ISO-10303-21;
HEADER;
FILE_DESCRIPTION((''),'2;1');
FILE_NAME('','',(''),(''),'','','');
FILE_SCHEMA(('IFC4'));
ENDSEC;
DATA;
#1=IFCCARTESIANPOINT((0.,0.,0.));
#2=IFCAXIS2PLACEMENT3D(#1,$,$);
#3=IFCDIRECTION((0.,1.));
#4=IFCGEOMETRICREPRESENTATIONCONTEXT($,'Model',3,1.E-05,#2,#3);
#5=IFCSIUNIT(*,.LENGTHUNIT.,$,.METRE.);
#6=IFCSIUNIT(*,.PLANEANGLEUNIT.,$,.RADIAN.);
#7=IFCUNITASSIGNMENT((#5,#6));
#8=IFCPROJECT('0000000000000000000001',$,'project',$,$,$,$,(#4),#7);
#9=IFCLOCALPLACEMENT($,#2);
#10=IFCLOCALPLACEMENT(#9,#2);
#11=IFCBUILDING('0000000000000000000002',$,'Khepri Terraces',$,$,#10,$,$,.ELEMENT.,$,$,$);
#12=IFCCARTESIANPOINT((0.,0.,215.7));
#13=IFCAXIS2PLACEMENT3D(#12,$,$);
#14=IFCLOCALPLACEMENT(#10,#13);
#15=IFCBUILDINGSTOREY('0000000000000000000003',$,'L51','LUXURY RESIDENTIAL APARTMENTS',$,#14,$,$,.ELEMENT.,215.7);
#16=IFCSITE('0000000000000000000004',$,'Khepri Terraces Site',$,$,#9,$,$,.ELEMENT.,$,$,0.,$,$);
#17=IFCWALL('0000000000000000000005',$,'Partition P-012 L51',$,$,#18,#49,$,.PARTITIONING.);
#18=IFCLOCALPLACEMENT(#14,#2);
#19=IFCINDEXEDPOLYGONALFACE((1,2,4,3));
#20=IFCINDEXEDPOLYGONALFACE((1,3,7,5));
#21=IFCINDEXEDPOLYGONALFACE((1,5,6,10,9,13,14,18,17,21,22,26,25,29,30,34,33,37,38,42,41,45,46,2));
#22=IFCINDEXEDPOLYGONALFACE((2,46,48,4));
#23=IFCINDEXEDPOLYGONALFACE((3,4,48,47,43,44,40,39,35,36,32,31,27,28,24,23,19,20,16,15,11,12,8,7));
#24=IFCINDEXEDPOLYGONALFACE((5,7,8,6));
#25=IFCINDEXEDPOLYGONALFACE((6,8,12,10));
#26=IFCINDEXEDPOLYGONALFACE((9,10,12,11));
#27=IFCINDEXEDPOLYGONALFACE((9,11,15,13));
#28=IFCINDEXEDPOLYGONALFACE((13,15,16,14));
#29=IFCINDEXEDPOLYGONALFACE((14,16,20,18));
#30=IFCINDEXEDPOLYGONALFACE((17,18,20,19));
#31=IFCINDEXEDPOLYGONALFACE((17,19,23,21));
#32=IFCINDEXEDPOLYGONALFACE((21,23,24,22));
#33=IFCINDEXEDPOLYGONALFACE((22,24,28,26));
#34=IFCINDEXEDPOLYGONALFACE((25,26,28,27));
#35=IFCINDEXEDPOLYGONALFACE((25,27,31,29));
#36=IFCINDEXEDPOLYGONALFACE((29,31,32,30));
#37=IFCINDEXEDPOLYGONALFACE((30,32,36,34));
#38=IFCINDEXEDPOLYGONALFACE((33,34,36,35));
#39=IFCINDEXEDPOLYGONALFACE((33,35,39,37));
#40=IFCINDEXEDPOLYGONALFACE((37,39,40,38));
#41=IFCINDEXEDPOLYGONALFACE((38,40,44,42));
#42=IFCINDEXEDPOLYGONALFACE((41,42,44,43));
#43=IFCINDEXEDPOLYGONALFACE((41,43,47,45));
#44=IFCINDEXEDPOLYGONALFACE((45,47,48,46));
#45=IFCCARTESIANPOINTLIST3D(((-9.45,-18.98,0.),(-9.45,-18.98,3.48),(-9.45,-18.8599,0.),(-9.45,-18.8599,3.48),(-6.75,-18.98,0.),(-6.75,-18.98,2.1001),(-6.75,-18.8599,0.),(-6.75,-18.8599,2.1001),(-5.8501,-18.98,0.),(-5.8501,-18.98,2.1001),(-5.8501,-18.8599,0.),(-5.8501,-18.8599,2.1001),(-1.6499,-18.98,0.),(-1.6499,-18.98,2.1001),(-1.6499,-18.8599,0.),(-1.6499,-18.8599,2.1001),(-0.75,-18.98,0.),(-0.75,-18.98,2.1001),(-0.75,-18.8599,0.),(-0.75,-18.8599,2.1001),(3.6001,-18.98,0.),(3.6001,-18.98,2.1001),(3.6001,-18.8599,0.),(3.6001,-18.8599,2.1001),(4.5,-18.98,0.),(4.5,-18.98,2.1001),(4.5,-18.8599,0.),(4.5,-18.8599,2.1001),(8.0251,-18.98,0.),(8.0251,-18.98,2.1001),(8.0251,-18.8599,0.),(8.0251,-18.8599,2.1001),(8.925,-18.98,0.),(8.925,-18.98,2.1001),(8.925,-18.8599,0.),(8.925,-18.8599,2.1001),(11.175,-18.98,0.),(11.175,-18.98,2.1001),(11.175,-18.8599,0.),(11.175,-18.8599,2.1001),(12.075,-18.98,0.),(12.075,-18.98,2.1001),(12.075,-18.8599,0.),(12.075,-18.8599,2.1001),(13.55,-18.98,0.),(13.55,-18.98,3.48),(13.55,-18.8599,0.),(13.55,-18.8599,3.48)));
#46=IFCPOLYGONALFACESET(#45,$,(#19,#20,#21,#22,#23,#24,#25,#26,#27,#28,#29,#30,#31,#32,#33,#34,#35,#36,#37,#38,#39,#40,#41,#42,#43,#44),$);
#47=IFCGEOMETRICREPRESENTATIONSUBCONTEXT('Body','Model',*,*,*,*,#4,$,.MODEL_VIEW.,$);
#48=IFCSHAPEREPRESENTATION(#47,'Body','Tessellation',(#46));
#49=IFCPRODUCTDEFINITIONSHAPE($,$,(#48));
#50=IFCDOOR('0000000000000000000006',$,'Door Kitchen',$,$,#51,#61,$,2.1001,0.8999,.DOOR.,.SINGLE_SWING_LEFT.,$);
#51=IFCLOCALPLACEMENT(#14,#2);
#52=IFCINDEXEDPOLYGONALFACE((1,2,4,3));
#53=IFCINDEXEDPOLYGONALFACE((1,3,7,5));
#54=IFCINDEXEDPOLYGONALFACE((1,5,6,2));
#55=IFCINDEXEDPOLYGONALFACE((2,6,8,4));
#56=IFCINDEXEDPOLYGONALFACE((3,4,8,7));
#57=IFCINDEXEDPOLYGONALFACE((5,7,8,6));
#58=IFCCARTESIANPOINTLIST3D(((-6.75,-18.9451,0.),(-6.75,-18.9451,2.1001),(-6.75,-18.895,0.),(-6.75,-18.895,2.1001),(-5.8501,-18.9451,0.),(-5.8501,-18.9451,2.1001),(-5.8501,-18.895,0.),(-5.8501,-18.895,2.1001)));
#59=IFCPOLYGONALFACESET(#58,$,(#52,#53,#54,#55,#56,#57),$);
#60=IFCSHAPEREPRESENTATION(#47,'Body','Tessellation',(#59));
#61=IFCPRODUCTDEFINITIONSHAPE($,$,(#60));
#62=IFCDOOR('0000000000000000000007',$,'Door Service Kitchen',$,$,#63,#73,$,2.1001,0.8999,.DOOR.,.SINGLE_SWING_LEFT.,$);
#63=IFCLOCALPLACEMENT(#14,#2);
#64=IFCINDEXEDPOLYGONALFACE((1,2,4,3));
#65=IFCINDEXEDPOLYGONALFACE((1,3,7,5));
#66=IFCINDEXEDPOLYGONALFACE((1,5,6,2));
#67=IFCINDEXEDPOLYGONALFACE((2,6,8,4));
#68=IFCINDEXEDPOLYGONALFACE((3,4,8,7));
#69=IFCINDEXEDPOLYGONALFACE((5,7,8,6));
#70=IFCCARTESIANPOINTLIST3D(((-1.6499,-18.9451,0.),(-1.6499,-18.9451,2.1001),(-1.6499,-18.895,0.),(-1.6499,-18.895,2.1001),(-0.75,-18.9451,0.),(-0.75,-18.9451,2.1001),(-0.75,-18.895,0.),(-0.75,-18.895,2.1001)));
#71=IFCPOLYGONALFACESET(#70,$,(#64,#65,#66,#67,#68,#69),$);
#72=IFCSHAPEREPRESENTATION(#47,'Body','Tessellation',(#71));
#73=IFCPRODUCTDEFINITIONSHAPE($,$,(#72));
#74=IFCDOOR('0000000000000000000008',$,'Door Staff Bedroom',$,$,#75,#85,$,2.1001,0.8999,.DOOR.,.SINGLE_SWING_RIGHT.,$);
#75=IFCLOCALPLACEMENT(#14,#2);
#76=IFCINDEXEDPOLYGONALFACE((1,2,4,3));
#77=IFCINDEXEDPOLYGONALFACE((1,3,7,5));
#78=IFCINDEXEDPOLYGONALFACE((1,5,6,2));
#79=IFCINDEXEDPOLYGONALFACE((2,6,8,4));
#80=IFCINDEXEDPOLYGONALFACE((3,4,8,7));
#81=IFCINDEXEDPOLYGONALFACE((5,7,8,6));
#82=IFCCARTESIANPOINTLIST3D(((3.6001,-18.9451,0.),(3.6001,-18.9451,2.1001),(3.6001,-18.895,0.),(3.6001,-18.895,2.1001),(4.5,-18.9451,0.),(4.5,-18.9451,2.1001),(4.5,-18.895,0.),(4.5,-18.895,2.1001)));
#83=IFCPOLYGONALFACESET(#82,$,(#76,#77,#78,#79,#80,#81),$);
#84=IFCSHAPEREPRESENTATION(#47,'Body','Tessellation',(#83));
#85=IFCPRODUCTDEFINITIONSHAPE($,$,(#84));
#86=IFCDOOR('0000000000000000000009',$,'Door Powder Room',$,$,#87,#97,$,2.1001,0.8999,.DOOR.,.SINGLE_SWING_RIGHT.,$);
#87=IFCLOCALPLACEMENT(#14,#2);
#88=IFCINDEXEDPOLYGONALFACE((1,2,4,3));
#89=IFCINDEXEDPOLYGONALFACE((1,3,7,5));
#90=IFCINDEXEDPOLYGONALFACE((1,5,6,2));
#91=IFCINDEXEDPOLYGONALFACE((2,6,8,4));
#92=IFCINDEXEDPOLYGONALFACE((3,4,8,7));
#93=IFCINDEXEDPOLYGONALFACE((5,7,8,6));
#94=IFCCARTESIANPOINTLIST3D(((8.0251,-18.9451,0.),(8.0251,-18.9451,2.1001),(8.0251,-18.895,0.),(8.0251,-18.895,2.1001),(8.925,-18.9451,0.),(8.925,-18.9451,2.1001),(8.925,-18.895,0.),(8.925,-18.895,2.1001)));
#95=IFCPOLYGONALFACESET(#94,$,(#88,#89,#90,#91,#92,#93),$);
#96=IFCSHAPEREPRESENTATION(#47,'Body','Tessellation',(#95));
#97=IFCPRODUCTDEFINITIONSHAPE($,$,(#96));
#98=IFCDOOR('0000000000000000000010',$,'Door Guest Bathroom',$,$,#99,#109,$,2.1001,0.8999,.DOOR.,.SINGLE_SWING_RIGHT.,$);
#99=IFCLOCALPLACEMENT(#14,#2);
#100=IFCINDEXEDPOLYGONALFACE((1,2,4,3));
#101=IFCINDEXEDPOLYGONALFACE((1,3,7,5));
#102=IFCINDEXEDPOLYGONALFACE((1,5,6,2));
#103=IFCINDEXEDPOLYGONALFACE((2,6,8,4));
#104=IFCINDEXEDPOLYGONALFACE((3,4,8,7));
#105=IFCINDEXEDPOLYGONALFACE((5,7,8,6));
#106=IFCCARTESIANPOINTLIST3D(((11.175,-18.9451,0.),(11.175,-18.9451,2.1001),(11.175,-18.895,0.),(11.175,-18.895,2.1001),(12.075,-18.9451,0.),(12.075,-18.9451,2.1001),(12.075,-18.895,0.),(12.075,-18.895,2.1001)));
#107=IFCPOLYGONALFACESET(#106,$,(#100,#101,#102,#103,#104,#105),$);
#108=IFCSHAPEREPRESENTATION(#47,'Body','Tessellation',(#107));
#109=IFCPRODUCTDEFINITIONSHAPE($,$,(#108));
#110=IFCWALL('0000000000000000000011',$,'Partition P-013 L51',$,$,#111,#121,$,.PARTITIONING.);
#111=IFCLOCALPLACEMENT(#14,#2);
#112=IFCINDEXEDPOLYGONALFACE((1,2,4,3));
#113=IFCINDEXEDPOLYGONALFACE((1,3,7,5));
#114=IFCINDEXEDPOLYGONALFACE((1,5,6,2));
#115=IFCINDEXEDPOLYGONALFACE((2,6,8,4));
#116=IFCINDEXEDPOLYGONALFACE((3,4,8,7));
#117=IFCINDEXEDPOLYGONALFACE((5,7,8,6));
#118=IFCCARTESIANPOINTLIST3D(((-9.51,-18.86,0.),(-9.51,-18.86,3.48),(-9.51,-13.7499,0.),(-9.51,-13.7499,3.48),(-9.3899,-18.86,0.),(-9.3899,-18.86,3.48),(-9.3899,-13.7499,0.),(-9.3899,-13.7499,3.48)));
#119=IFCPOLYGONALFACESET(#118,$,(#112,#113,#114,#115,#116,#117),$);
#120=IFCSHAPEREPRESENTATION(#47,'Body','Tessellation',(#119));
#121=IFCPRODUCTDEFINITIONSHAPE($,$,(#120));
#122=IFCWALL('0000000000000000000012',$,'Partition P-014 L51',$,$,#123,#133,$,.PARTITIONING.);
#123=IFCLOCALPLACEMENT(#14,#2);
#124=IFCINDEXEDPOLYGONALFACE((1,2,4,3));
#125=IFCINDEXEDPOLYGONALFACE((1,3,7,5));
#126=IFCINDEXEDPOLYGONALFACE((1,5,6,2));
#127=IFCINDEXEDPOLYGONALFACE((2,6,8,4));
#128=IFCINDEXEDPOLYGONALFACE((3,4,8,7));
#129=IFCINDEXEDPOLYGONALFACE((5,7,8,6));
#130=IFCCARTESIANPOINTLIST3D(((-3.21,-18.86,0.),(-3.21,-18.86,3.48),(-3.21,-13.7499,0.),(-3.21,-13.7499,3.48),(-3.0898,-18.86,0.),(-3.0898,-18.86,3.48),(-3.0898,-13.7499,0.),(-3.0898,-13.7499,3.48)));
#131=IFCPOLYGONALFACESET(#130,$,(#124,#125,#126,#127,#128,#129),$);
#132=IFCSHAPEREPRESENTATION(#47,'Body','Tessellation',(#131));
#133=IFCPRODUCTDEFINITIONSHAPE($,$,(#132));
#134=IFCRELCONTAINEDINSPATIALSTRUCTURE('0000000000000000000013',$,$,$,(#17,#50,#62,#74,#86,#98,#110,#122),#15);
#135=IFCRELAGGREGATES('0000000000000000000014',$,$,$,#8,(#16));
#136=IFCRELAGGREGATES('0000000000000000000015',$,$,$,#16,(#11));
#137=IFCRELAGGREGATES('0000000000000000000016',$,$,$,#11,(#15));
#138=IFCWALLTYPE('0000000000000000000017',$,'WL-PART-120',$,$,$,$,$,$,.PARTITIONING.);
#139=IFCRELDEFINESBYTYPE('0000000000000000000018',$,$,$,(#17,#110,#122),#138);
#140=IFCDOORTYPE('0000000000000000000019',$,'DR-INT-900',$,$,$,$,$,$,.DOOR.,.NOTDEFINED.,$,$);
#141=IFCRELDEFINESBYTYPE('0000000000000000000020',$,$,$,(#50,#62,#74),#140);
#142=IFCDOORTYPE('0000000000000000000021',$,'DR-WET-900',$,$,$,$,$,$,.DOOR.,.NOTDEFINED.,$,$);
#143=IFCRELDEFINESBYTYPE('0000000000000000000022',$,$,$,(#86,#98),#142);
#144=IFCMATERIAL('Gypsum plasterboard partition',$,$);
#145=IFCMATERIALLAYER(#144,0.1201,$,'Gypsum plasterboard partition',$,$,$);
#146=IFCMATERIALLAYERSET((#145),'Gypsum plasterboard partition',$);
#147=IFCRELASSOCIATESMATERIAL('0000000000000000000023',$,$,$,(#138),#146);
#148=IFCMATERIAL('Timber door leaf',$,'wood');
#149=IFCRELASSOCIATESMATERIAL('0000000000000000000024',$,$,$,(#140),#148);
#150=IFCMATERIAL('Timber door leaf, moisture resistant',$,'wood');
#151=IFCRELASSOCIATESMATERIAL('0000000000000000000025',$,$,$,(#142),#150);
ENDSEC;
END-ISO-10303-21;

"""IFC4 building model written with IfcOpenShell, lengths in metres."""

from ifc_helpers import new_model, si_unit, direction, frame, frame_2d, origin, place, context, subcontext, project, spatial, rectangle, extrude, material, layer, layer_set, type_object, element, fill, save


model = new_model("IFC4")

# Units and contexts
model_context = context("Model", 3, precision=1e-05, world=origin(), true_north=direction((0.0, 1.0)))
body_context = subcontext(model_context, "Body", "Model", "MODEL_VIEW")
ifc_project = project(units=[si_unit("LENGTHUNIT", "METRE"), si_unit("PLANEANGLEUNIT", "RADIAN")], contexts=[model_context])

# Site, building, storey
site_placement = place(None, origin())
site = spatial("IfcSite", under=ifc_project, at=site_placement, Name="Khepri Terraces Site", CompositionType="ELEMENT", RefElevation=0.0)
building_placement = place(site_placement, origin())
building = spatial("IfcBuilding", under=site, at=building_placement, Name="Khepri Terraces", CompositionType="ELEMENT")
storey_placement = place(building_placement, frame((0.0, 0.0, 215.7)))
storey = spatial("IfcBuildingStorey", under=building, at=storey_placement, Name="L51", Description="LUXURY RESIDENTIAL APARTMENTS", CompositionType="ELEMENT", Elevation=215.7)

# Shared definitions
ifc_material_1 = material(Name="Gypsum plasterboard partition")
ifc_layer_1 = layer(ifc_material_1, 0.1201, Name="Gypsum plasterboard partition")
ifc_layer_set_1 = layer_set([ifc_layer_1], Name="Gypsum plasterboard partition")
wall_type_1 = type_object("IfcWallType", Name="WL-PART-120", PredefinedType="PARTITIONING", material=ifc_layer_set_1)

# Wall, openings, doors
wall_1_placement = place(storey_placement, frame((-9.45, -18.9199, 0.0), z_axis=(0.0, 0.0, 1.0), x_axis=(1.0, 0.0, 0.0)))
wall_1 = element("IfcWall", 1, at=wall_1_placement, inside=storey, type_object=wall_type_1, Name="Partition P-012 L51", PredefinedType="PARTITIONING", context=body_context, shape_type="SweptSolid", body=[
    extrude(rectangle(XDim=23.0, YDim=0.1201, at=frame_2d((11.5, 0.0))), origin(), (0.0, 0.0, 1.0), 3.48),
])
opening_1_placement = place(wall_1_placement, frame((2.7, 0.0, 0.0)))
opening_1 = element("IfcOpeningElement", 2, at=opening_1_placement, cuts=wall_1, PredefinedType="OPENING", context=body_context, shape_type="SweptSolid", body=[
    extrude(rectangle(XDim=0.8999, YDim=2.1001, at=frame_2d((0.45, 1.05))), frame((0.0, 0.0701, 0.0), z_axis=(0.0, -1.0, 0.0), x_axis=(1.0, 0.0, 0.0)), (0.0, 0.0, 1.0), 0.1401),
])
opening_2_placement = place(wall_1_placement, frame((7.8, 0.0, 0.0)))
opening_2 = element("IfcOpeningElement", 3, at=opening_2_placement, cuts=wall_1, PredefinedType="OPENING", context=body_context, shape_type="SweptSolid", body=[
    extrude(rectangle(XDim=0.8999, YDim=2.1001, at=frame_2d((0.45, 1.05))), frame((0.0, 0.0701, 0.0), z_axis=(0.0, -1.0, 0.0), x_axis=(1.0, 0.0, 0.0)), (0.0, 0.0, 1.0), 0.1401),
])
opening_3_placement = place(wall_1_placement, frame((13.05, 0.0, 0.0)))
opening_3 = element("IfcOpeningElement", 4, at=opening_3_placement, cuts=wall_1, PredefinedType="OPENING", context=body_context, shape_type="SweptSolid", body=[
    extrude(rectangle(XDim=0.8999, YDim=2.1001, at=frame_2d((0.45, 1.05))), frame((0.0, 0.0701, 0.0), z_axis=(0.0, -1.0, 0.0), x_axis=(1.0, 0.0, 0.0)), (0.0, 0.0, 1.0), 0.1401),
])
opening_4_placement = place(wall_1_placement, frame((17.4751, 0.0, 0.0)))
opening_4 = element("IfcOpeningElement", 5, at=opening_4_placement, cuts=wall_1, PredefinedType="OPENING", context=body_context, shape_type="SweptSolid", body=[
    extrude(rectangle(XDim=0.8999, YDim=2.1001, at=frame_2d((0.45, 1.05))), frame((0.0, 0.0701, 0.0), z_axis=(0.0, -1.0, 0.0), x_axis=(1.0, 0.0, 0.0)), (0.0, 0.0, 1.0), 0.1401),
])
opening_5_placement = place(wall_1_placement, frame((20.625, 0.0, 0.0)))
opening_5 = element("IfcOpeningElement", 6, at=opening_5_placement, cuts=wall_1, PredefinedType="OPENING", context=body_context, shape_type="SweptSolid", body=[
    extrude(rectangle(XDim=0.8999, YDim=2.1001, at=frame_2d((0.45, 1.05))), frame((0.0, 0.0701, 0.0), z_axis=(0.0, -1.0, 0.0), x_axis=(1.0, 0.0, 0.0)), (0.0, 0.0, 1.0), 0.1401),
])
ifc_material_2 = material(Name="Timber door leaf", Category="wood")
door_type_1 = type_object("IfcDoorType", Name="DR-INT-900", OperationType="NOTDEFINED", PredefinedType="DOOR", material=ifc_material_2)
door_1_placement = place(opening_1_placement, origin())
door_1 = element("IfcDoor", 7, at=door_1_placement, inside=storey, type_object=door_type_1, Name="Door Kitchen", OperationType="SINGLE_SWING_LEFT", OverallHeight=2.1001, OverallWidth=0.8999, PredefinedType="DOOR", context=body_context, shape_type="SweptSolid", body=[
    extrude(rectangle(XDim=0.8999, YDim=2.1001, at=frame_2d((0.45, 1.05))), frame((0.0, 0.0249, 0.0), z_axis=(0.0, -1.0, 0.0), x_axis=(1.0, 0.0, 0.0)), (0.0, 0.0, 1.0), 0.05),
])
fill(opening_1, door_1)
door_2_placement = place(opening_2_placement, origin())
door_2 = element("IfcDoor", 8, at=door_2_placement, inside=storey, type_object=door_type_1, Name="Door Service Kitchen", OperationType="SINGLE_SWING_LEFT", OverallHeight=2.1001, OverallWidth=0.8999, PredefinedType="DOOR", context=body_context, shape_type="SweptSolid", body=[
    extrude(rectangle(XDim=0.8999, YDim=2.1001, at=frame_2d((0.45, 1.05))), frame((0.0, 0.0249, 0.0), z_axis=(0.0, -1.0, 0.0), x_axis=(1.0, 0.0, 0.0)), (0.0, 0.0, 1.0), 0.05),
])
fill(opening_2, door_2)
door_3_placement = place(opening_3_placement, origin())
door_3 = element("IfcDoor", 9, at=door_3_placement, inside=storey, type_object=door_type_1, Name="Door Staff Bedroom", OperationType="SINGLE_SWING_RIGHT", OverallHeight=2.1001, OverallWidth=0.8999, PredefinedType="DOOR", context=body_context, shape_type="SweptSolid", body=[
    extrude(rectangle(XDim=0.8999, YDim=2.1001, at=frame_2d((0.45, 1.05))), frame((0.0, 0.0249, 0.0), z_axis=(0.0, -1.0, 0.0), x_axis=(1.0, 0.0, 0.0)), (0.0, 0.0, 1.0), 0.05),
])
fill(opening_3, door_3)
ifc_material_3 = material(Name="Timber door leaf, moisture resistant", Category="wood")
door_type_2 = type_object("IfcDoorType", Name="DR-WET-900", OperationType="NOTDEFINED", PredefinedType="DOOR", material=ifc_material_3)
door_4_placement = place(opening_4_placement, origin())
door_4 = element("IfcDoor", 10, at=door_4_placement, inside=storey, type_object=door_type_2, Name="Door Powder Room", OperationType="SINGLE_SWING_RIGHT", OverallHeight=2.1001, OverallWidth=0.8999, PredefinedType="DOOR", context=body_context, shape_type="SweptSolid", body=[
    extrude(rectangle(XDim=0.8999, YDim=2.1001, at=frame_2d((0.45, 1.05))), frame((0.0, 0.0249, 0.0), z_axis=(0.0, -1.0, 0.0), x_axis=(1.0, 0.0, 0.0)), (0.0, 0.0, 1.0), 0.05),
])
fill(opening_4, door_4)
door_5_placement = place(opening_5_placement, origin())
door_5 = element("IfcDoor", 11, at=door_5_placement, inside=storey, type_object=door_type_2, Name="Door Guest Bathroom", OperationType="SINGLE_SWING_RIGHT", OverallHeight=2.1001, OverallWidth=0.8999, PredefinedType="DOOR", context=body_context, shape_type="SweptSolid", body=[
    extrude(rectangle(XDim=0.8999, YDim=2.1001, at=frame_2d((0.45, 1.05))), frame((0.0, 0.0249, 0.0), z_axis=(0.0, -1.0, 0.0), x_axis=(1.0, 0.0, 0.0)), (0.0, 0.0, 1.0), 0.05),
])
fill(opening_5, door_5)

# Walls
for number, where, z_axis, x_axis, name in (
    (12, (-9.45, -18.8601, 0.0), (0.0, 0.0, 1.0), (0.0, 1.0, 0.0), "Partition P-013 L51"),
    (13, (-3.1499, -18.8601, 0.0), (0.0, 0.0, 1.0), (0.0, 1.0, 0.0), "Partition P-014 L51"),
):
    element("IfcWall", number, at=place(storey_placement, frame(where, z_axis=z_axis, x_axis=x_axis)), inside=storey, type_object=wall_type_1, Name=name, PredefinedType="PARTITIONING", context=body_context, shape_type="SweptSolid", body=[
        extrude(rectangle(XDim=5.1101, YDim=0.1201, at=frame_2d((2.5552, 0.0))), origin(), (0.0, 0.0, 1.0), 3.48),
    ])

save(model, "model.ifc")
